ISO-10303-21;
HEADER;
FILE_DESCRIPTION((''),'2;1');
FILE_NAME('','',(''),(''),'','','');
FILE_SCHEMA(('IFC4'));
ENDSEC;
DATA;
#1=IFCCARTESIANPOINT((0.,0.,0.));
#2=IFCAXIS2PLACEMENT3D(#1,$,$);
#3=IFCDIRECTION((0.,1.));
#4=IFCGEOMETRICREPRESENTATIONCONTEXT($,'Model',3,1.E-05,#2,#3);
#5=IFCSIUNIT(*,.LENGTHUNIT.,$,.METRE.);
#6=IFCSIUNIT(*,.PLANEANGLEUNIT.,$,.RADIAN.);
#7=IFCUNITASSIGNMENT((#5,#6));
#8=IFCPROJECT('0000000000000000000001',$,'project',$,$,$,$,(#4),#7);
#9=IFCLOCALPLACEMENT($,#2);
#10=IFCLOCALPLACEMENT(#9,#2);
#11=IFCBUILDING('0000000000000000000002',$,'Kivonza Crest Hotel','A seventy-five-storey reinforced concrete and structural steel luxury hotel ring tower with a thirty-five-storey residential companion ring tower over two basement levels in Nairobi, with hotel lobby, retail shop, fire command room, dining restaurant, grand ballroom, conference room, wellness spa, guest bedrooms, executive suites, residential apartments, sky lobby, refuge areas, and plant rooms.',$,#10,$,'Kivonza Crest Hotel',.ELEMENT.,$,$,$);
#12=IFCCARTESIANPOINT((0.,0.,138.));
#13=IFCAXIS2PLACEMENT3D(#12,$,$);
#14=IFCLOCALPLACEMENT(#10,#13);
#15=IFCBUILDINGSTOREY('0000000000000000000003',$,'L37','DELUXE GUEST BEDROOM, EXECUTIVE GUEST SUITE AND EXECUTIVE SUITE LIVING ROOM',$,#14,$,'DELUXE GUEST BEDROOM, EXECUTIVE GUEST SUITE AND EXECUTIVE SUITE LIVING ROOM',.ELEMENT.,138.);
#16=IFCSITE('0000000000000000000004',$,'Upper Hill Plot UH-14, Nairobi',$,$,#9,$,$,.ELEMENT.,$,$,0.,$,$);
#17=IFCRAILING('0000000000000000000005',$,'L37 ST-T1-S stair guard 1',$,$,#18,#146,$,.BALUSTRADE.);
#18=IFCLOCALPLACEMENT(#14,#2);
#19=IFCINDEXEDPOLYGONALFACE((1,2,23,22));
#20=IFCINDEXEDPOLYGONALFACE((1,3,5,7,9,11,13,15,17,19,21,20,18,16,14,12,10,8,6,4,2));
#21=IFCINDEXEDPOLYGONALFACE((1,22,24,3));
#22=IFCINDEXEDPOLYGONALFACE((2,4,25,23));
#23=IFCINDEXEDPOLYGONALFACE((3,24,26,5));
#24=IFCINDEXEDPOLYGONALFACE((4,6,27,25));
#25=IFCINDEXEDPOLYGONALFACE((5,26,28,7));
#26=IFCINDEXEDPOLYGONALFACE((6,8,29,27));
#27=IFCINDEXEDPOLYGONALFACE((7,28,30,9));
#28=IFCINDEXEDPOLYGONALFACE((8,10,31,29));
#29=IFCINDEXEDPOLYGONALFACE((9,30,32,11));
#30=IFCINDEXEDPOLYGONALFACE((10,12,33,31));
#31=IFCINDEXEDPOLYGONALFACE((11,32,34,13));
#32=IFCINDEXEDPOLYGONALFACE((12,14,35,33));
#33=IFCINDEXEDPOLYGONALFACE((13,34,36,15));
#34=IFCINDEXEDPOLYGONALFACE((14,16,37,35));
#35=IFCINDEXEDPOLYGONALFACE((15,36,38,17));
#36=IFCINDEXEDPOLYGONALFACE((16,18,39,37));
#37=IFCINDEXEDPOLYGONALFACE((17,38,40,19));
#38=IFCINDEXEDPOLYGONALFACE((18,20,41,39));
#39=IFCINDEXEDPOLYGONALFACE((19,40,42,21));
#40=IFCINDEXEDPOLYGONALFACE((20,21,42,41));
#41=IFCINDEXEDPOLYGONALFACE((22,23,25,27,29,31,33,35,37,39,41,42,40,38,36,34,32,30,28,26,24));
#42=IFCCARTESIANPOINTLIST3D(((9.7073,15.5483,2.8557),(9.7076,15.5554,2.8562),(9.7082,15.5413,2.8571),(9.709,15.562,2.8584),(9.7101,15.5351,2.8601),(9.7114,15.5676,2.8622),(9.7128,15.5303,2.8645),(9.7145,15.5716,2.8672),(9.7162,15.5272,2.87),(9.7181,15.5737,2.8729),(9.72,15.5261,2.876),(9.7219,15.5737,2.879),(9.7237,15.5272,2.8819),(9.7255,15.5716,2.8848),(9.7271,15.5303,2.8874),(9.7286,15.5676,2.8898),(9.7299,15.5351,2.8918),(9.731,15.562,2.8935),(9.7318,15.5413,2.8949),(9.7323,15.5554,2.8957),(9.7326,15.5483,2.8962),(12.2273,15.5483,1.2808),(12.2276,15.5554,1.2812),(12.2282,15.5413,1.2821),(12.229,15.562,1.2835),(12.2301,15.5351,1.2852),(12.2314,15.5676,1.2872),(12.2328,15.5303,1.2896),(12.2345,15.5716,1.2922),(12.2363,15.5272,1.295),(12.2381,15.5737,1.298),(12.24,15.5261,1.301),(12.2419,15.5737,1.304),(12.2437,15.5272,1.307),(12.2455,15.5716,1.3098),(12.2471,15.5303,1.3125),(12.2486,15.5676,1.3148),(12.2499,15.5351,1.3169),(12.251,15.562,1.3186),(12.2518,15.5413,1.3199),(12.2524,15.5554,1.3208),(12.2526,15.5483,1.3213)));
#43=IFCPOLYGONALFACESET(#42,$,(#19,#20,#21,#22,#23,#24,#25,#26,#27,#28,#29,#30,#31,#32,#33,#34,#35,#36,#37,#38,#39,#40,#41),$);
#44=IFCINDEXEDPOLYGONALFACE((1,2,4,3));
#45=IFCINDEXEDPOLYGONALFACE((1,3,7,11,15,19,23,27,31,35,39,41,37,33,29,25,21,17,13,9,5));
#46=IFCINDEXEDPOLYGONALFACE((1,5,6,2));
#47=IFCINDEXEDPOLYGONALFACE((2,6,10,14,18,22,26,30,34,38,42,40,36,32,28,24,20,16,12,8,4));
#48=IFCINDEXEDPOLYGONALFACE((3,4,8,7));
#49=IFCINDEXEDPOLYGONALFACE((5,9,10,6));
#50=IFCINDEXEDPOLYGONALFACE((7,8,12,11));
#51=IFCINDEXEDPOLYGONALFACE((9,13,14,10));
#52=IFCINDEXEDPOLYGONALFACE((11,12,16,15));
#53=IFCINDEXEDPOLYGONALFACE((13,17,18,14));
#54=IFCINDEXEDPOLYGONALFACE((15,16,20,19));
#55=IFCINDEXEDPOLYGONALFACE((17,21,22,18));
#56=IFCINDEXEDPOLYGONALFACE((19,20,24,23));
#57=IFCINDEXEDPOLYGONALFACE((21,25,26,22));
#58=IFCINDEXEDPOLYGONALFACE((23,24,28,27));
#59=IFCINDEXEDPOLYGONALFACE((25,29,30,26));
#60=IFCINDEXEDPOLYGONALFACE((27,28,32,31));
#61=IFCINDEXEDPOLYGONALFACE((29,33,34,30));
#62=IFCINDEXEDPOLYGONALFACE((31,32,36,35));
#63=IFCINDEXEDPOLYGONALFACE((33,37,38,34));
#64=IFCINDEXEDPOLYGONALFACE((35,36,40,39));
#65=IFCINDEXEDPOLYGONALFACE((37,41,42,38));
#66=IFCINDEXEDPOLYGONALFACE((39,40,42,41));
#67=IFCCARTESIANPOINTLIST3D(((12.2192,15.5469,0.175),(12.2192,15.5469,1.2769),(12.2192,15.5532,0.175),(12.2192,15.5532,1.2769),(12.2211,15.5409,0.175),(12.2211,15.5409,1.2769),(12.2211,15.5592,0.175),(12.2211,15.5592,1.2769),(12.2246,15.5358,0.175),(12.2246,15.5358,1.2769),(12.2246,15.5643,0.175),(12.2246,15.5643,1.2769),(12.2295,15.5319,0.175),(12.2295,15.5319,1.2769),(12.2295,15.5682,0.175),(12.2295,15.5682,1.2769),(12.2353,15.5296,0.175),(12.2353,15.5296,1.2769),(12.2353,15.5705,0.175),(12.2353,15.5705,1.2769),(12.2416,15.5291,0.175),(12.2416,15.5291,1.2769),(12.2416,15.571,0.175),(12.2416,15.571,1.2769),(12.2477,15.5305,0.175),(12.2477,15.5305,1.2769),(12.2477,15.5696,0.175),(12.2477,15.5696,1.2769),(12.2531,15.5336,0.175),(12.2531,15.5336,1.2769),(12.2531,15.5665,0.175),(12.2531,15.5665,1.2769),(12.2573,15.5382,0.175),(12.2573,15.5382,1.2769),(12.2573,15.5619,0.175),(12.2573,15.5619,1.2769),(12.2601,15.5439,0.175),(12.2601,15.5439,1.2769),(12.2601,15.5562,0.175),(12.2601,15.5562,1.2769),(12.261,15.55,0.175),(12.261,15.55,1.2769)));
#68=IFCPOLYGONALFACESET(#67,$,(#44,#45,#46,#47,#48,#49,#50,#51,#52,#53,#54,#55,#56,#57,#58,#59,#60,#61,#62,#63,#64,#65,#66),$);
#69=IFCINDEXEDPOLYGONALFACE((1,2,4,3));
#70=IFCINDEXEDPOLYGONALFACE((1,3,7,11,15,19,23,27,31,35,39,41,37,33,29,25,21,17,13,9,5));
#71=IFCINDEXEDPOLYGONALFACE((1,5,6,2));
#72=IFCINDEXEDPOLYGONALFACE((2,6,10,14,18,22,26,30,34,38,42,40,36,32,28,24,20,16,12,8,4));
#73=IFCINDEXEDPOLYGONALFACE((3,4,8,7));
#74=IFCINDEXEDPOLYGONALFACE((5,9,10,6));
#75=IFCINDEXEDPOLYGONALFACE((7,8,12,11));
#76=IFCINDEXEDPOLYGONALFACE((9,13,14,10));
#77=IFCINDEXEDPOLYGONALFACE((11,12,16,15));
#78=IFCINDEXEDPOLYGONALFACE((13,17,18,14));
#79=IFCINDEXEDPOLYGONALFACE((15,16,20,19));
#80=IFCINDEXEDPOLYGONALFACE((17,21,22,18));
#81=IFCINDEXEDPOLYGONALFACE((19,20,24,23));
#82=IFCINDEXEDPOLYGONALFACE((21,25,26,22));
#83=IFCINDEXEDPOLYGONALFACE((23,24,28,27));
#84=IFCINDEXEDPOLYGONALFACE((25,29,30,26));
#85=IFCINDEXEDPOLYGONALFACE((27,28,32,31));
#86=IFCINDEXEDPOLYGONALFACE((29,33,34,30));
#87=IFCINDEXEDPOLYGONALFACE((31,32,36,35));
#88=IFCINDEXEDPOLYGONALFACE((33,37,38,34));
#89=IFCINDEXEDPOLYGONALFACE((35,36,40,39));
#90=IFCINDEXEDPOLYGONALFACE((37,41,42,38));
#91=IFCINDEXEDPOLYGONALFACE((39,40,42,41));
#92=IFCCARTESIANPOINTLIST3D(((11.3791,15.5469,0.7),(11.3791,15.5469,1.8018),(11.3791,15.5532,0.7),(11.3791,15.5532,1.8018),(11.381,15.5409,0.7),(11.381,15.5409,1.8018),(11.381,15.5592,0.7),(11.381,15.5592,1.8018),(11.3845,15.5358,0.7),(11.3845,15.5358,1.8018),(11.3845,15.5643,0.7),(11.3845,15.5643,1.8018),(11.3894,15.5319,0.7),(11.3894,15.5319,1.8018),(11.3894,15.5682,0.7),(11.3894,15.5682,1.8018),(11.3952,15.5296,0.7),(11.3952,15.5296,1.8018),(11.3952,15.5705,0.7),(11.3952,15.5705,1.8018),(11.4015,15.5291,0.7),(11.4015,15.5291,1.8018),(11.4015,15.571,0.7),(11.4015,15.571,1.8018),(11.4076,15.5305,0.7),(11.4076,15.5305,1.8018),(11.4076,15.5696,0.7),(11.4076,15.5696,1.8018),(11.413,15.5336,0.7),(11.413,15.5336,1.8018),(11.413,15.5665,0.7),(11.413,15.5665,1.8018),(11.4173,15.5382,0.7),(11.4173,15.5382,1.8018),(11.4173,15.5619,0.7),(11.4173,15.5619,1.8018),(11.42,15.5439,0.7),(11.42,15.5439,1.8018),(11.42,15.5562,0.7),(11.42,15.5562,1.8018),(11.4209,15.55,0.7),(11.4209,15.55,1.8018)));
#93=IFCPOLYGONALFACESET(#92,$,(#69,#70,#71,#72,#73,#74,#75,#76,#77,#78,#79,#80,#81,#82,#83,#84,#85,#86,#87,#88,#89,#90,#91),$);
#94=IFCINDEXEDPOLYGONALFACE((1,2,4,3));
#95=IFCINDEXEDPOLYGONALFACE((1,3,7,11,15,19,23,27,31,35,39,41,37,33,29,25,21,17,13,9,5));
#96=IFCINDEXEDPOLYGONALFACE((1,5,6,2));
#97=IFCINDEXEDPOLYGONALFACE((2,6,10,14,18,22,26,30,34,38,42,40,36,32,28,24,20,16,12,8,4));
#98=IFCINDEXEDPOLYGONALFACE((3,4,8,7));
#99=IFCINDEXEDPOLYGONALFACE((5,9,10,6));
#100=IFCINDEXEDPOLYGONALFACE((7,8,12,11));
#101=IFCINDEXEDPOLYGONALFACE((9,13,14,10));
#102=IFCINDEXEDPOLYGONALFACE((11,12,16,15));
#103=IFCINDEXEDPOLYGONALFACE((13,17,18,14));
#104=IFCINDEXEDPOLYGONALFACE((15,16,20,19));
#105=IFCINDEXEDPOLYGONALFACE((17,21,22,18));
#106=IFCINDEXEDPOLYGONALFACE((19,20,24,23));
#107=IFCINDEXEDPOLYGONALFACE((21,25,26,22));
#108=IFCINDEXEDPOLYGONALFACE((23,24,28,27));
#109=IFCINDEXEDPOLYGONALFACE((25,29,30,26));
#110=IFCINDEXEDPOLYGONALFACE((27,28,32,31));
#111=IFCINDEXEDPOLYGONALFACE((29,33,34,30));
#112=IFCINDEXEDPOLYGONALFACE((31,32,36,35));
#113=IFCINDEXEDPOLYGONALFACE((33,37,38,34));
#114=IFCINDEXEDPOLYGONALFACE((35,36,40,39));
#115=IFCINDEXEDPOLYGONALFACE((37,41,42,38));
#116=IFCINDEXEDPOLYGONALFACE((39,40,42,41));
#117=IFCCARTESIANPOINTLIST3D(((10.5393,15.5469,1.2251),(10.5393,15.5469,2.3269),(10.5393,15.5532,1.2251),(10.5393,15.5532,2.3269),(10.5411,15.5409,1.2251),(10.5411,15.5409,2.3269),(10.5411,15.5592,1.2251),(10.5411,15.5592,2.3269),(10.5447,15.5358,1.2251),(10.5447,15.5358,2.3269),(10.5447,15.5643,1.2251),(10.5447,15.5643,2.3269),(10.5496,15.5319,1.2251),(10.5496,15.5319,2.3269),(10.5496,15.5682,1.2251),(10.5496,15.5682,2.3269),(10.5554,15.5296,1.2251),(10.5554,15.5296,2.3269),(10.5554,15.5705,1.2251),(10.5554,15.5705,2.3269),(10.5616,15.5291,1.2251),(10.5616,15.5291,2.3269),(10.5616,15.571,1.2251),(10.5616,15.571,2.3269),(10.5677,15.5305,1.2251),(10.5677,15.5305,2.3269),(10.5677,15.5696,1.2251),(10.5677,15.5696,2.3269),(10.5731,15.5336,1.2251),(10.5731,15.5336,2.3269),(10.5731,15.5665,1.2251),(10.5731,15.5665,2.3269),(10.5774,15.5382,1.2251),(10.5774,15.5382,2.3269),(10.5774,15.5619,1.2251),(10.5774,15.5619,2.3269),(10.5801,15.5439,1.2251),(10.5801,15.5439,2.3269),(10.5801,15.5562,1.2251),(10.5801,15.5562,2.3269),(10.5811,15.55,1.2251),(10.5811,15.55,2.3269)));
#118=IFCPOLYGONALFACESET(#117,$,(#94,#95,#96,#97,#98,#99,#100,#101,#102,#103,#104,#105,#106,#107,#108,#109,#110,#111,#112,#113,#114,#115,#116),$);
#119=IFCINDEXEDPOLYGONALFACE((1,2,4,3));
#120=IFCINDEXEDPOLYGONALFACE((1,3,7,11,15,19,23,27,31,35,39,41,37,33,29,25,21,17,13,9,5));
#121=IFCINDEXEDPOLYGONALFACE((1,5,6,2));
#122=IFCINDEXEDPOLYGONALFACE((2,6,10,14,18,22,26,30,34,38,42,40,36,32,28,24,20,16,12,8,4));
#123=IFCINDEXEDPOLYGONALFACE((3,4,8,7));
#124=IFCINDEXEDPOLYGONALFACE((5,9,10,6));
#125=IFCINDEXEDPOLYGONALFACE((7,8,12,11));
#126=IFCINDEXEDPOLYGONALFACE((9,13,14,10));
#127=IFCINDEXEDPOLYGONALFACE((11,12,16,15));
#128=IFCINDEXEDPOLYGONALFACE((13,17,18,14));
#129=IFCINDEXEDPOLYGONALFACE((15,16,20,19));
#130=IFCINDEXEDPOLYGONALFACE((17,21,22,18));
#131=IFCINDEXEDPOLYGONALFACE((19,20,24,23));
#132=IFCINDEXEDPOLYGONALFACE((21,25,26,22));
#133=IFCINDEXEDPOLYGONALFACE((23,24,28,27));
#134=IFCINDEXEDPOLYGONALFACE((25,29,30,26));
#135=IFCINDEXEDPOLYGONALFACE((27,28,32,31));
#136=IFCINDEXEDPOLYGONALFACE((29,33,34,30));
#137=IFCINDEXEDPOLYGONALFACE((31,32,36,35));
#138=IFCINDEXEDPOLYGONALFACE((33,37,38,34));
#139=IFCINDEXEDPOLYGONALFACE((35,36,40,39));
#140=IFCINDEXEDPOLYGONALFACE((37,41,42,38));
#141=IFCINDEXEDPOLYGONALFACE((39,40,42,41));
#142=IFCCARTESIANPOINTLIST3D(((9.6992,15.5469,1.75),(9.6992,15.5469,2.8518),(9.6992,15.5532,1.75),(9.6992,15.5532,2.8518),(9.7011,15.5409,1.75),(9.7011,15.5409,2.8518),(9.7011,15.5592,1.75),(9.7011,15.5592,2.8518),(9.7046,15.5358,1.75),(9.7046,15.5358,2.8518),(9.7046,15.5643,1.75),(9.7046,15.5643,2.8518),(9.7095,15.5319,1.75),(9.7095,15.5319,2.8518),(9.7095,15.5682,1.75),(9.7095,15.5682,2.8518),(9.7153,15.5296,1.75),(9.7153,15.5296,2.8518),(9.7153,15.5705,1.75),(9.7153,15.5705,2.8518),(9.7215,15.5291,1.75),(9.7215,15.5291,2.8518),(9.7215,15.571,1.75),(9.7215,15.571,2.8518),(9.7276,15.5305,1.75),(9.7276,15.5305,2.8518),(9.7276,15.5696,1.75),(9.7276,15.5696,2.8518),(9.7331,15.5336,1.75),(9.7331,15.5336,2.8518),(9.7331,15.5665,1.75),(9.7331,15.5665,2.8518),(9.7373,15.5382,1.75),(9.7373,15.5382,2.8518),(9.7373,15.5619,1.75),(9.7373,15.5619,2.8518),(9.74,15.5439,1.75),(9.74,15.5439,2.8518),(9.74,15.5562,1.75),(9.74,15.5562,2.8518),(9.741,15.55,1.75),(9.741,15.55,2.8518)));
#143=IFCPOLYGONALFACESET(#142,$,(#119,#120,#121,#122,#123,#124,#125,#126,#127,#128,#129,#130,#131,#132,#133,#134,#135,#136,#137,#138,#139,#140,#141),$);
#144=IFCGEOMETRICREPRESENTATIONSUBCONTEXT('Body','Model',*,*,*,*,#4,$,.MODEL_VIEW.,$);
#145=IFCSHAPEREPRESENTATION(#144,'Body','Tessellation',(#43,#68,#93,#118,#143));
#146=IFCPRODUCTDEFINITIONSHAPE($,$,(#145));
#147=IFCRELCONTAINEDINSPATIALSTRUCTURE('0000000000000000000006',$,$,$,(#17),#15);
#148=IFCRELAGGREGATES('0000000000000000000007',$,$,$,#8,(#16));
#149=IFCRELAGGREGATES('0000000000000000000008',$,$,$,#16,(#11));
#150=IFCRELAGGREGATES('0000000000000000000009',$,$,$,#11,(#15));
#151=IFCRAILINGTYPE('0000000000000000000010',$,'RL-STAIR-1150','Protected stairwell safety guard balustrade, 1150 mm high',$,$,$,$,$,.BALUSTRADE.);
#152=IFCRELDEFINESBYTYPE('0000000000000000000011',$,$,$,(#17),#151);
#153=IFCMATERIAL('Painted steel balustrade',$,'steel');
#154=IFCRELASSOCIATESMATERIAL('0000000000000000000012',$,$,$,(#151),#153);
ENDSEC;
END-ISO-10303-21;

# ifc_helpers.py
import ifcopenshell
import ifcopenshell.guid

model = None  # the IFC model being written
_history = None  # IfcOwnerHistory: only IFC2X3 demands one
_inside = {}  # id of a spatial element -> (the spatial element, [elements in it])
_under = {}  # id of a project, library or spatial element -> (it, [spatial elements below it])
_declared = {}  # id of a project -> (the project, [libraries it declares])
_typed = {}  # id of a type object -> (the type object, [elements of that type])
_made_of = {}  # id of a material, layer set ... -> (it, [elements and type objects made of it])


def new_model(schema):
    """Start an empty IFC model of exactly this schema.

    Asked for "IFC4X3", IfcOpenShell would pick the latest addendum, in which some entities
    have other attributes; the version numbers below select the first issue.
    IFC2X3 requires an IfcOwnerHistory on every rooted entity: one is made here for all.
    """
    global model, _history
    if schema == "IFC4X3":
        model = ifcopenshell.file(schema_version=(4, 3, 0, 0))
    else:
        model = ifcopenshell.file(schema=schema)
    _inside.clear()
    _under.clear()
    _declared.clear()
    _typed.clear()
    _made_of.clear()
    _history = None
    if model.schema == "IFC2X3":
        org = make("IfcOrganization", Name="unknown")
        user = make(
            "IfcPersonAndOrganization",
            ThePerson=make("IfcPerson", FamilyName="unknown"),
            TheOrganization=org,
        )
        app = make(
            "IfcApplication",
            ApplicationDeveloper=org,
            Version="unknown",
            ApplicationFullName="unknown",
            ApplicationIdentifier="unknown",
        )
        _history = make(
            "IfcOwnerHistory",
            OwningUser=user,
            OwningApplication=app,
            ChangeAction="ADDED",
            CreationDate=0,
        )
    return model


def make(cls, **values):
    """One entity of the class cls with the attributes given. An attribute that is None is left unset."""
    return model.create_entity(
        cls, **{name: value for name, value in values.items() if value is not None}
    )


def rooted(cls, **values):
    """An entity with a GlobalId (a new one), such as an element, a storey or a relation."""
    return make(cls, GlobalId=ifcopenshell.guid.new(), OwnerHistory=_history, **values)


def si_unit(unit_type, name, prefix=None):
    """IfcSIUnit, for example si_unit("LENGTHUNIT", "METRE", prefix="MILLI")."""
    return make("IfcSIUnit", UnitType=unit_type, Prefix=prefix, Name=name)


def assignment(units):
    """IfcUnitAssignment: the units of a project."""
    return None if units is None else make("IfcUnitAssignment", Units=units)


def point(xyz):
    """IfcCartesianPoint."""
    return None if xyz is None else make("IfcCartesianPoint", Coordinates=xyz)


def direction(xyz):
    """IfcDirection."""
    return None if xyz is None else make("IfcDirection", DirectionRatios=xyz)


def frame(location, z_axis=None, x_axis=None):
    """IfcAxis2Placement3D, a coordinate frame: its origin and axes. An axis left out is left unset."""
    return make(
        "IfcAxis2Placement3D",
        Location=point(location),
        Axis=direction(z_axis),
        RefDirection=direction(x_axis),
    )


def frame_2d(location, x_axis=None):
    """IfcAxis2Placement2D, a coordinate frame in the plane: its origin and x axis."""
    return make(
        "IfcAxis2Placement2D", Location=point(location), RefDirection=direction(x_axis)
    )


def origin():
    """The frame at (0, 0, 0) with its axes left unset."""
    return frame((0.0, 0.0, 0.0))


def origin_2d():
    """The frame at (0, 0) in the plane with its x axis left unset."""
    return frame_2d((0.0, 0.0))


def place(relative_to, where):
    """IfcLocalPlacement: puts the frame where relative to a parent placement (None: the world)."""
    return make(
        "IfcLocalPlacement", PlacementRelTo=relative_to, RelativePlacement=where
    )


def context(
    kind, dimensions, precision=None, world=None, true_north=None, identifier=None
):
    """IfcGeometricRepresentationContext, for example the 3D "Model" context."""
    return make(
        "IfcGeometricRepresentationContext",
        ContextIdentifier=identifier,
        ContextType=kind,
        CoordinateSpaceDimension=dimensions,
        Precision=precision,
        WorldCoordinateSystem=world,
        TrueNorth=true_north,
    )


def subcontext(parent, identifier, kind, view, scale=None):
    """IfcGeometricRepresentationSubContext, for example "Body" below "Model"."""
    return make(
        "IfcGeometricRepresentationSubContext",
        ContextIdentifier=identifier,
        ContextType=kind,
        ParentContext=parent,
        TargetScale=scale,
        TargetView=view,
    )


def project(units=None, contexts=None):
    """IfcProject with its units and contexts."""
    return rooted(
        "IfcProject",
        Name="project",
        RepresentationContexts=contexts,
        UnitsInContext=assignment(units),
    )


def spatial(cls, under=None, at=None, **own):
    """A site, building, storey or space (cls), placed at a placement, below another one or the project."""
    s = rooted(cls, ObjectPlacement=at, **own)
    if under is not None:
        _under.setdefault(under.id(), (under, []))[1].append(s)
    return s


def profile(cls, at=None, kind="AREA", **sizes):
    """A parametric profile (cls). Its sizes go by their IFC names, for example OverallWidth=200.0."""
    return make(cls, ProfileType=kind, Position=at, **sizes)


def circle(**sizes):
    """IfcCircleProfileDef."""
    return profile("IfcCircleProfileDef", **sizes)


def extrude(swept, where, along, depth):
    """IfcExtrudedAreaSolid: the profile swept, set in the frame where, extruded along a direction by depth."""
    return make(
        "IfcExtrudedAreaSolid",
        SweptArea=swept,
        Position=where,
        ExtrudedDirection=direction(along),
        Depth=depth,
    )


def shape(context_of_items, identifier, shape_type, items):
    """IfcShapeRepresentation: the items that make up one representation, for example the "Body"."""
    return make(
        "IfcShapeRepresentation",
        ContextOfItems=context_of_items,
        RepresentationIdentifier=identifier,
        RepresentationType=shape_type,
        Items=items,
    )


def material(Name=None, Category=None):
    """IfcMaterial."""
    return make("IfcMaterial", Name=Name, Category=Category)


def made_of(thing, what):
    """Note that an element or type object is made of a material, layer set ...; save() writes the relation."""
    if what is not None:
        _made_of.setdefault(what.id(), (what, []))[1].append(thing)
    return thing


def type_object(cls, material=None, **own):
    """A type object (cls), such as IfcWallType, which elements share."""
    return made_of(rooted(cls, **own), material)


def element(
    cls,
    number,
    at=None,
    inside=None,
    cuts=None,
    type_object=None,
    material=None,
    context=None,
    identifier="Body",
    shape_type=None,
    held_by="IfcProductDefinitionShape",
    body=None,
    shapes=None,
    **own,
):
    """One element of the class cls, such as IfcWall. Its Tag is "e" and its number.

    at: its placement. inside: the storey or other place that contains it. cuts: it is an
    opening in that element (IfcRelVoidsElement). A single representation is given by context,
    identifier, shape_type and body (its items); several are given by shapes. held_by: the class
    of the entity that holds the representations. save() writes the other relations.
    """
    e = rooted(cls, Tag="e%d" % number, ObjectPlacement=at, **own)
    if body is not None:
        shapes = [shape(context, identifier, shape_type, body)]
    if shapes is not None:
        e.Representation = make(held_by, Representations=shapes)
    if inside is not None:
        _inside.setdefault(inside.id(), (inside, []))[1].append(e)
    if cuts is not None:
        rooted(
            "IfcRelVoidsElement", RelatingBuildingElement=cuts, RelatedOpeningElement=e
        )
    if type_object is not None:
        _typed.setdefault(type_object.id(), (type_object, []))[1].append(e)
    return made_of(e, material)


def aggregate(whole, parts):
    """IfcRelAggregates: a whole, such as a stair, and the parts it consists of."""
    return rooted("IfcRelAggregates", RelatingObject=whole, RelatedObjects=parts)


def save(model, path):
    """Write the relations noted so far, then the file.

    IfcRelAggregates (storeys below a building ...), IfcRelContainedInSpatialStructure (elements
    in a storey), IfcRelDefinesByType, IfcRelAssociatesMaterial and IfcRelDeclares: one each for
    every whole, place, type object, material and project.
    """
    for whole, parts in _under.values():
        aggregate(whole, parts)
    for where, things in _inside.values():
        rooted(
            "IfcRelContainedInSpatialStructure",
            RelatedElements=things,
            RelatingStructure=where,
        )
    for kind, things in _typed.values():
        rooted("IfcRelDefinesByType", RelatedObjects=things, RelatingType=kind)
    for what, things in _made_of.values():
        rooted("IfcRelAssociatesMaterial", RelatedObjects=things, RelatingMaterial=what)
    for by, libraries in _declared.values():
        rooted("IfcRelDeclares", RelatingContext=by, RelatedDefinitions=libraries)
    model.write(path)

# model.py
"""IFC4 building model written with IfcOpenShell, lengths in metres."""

from ifc_helpers import new_model, si_unit, direction, frame, origin, origin_2d, place, context, subcontext, project, spatial, circle, extrude, material, type_object, element, save


model = new_model("IFC4")

# Units and contexts
model_context = context("Model", 3, precision=1e-05, world=origin(), true_north=direction((0.0, 1.0)))
body_context = subcontext(model_context, "Body", "Model", "MODEL_VIEW")
ifc_project = project(units=[si_unit("LENGTHUNIT", "METRE"), si_unit("PLANEANGLEUNIT", "RADIAN")], contexts=[model_context])

# Site, building, storey
site_placement = place(None, origin())
site = spatial("IfcSite", under=ifc_project, at=site_placement, Name="Upper Hill Plot UH-14, Nairobi", CompositionType="ELEMENT", RefElevation=0.0)
building_placement = place(site_placement, origin())
building = spatial("IfcBuilding", under=site, at=building_placement, Name="Kivonza Crest Hotel", Description="A seventy-five-storey reinforced concrete and structural steel luxury hotel ring tower with a thirty-five-storey residential companion ring tower over two basement levels in Nairobi, with hotel lobby, retail shop, fire command room, dining restaurant, grand ballroom, conference room, wellness spa, guest bedrooms, executive suites, residential apartments, sky lobby, refuge areas, and plant rooms.", LongName="Kivonza Crest Hotel", CompositionType="ELEMENT")
storey_placement = place(building_placement, frame((0.0, 0.0, 138.0)))
storey = spatial("IfcBuildingStorey", under=building, at=storey_placement, Name="L37", Description="DELUXE GUEST BEDROOM, EXECUTIVE GUEST SUITE AND EXECUTIVE SUITE LIVING ROOM", LongName="DELUXE GUEST BEDROOM, EXECUTIVE GUEST SUITE AND EXECUTIVE SUITE LIVING ROOM", CompositionType="ELEMENT", Elevation=138.0)

# Railing
ifc_material_1 = material(Name="Painted steel balustrade", Category="steel")
railing_type_1 = type_object("IfcRailingType", Name="RL-STAIR-1150", Description="Protected stairwell safety guard balustrade, 1150 mm high", PredefinedType="BALUSTRADE", material=ifc_material_1)
railing_1_placement = place(storey_placement, frame((12.24, 15.55, 0.175)))
element("IfcRailing", 1, at=railing_1_placement, inside=storey, type_object=railing_type_1, Name="L37 ST-T1-S stair guard 1", PredefinedType="BALUSTRADE", context=body_context, shape_type="SweptSolid", body=[
    extrude(circle(Radius=0.0239, at=origin_2d()), frame((0.0, 0.0, 1.126), z_axis=(-0.848008, 0.0, 0.529984), x_axis=(0.0, -1.0, 0.0)), (0.0, 0.0, 1.0), 2.9717),
    extrude(circle(Radius=0.021, at=origin_2d()), origin(), (0.0, 0.0, 1.0), 1.1018),
    extrude(circle(Radius=0.021, at=origin_2d()), frame((-0.8401, 0.0, 0.5249)), (0.0, 0.0, 1.0), 1.1018),
    extrude(circle(Radius=0.021, at=origin_2d()), frame((-1.6799, 0.0, 1.05)), (0.0, 0.0, 1.0), 1.1018),
    extrude(circle(Radius=0.021, at=origin_2d()), frame((-2.52, 0.0, 1.575)), (0.0, 0.0, 1.0), 1.1018),
])

save(model, "model.ifc")
